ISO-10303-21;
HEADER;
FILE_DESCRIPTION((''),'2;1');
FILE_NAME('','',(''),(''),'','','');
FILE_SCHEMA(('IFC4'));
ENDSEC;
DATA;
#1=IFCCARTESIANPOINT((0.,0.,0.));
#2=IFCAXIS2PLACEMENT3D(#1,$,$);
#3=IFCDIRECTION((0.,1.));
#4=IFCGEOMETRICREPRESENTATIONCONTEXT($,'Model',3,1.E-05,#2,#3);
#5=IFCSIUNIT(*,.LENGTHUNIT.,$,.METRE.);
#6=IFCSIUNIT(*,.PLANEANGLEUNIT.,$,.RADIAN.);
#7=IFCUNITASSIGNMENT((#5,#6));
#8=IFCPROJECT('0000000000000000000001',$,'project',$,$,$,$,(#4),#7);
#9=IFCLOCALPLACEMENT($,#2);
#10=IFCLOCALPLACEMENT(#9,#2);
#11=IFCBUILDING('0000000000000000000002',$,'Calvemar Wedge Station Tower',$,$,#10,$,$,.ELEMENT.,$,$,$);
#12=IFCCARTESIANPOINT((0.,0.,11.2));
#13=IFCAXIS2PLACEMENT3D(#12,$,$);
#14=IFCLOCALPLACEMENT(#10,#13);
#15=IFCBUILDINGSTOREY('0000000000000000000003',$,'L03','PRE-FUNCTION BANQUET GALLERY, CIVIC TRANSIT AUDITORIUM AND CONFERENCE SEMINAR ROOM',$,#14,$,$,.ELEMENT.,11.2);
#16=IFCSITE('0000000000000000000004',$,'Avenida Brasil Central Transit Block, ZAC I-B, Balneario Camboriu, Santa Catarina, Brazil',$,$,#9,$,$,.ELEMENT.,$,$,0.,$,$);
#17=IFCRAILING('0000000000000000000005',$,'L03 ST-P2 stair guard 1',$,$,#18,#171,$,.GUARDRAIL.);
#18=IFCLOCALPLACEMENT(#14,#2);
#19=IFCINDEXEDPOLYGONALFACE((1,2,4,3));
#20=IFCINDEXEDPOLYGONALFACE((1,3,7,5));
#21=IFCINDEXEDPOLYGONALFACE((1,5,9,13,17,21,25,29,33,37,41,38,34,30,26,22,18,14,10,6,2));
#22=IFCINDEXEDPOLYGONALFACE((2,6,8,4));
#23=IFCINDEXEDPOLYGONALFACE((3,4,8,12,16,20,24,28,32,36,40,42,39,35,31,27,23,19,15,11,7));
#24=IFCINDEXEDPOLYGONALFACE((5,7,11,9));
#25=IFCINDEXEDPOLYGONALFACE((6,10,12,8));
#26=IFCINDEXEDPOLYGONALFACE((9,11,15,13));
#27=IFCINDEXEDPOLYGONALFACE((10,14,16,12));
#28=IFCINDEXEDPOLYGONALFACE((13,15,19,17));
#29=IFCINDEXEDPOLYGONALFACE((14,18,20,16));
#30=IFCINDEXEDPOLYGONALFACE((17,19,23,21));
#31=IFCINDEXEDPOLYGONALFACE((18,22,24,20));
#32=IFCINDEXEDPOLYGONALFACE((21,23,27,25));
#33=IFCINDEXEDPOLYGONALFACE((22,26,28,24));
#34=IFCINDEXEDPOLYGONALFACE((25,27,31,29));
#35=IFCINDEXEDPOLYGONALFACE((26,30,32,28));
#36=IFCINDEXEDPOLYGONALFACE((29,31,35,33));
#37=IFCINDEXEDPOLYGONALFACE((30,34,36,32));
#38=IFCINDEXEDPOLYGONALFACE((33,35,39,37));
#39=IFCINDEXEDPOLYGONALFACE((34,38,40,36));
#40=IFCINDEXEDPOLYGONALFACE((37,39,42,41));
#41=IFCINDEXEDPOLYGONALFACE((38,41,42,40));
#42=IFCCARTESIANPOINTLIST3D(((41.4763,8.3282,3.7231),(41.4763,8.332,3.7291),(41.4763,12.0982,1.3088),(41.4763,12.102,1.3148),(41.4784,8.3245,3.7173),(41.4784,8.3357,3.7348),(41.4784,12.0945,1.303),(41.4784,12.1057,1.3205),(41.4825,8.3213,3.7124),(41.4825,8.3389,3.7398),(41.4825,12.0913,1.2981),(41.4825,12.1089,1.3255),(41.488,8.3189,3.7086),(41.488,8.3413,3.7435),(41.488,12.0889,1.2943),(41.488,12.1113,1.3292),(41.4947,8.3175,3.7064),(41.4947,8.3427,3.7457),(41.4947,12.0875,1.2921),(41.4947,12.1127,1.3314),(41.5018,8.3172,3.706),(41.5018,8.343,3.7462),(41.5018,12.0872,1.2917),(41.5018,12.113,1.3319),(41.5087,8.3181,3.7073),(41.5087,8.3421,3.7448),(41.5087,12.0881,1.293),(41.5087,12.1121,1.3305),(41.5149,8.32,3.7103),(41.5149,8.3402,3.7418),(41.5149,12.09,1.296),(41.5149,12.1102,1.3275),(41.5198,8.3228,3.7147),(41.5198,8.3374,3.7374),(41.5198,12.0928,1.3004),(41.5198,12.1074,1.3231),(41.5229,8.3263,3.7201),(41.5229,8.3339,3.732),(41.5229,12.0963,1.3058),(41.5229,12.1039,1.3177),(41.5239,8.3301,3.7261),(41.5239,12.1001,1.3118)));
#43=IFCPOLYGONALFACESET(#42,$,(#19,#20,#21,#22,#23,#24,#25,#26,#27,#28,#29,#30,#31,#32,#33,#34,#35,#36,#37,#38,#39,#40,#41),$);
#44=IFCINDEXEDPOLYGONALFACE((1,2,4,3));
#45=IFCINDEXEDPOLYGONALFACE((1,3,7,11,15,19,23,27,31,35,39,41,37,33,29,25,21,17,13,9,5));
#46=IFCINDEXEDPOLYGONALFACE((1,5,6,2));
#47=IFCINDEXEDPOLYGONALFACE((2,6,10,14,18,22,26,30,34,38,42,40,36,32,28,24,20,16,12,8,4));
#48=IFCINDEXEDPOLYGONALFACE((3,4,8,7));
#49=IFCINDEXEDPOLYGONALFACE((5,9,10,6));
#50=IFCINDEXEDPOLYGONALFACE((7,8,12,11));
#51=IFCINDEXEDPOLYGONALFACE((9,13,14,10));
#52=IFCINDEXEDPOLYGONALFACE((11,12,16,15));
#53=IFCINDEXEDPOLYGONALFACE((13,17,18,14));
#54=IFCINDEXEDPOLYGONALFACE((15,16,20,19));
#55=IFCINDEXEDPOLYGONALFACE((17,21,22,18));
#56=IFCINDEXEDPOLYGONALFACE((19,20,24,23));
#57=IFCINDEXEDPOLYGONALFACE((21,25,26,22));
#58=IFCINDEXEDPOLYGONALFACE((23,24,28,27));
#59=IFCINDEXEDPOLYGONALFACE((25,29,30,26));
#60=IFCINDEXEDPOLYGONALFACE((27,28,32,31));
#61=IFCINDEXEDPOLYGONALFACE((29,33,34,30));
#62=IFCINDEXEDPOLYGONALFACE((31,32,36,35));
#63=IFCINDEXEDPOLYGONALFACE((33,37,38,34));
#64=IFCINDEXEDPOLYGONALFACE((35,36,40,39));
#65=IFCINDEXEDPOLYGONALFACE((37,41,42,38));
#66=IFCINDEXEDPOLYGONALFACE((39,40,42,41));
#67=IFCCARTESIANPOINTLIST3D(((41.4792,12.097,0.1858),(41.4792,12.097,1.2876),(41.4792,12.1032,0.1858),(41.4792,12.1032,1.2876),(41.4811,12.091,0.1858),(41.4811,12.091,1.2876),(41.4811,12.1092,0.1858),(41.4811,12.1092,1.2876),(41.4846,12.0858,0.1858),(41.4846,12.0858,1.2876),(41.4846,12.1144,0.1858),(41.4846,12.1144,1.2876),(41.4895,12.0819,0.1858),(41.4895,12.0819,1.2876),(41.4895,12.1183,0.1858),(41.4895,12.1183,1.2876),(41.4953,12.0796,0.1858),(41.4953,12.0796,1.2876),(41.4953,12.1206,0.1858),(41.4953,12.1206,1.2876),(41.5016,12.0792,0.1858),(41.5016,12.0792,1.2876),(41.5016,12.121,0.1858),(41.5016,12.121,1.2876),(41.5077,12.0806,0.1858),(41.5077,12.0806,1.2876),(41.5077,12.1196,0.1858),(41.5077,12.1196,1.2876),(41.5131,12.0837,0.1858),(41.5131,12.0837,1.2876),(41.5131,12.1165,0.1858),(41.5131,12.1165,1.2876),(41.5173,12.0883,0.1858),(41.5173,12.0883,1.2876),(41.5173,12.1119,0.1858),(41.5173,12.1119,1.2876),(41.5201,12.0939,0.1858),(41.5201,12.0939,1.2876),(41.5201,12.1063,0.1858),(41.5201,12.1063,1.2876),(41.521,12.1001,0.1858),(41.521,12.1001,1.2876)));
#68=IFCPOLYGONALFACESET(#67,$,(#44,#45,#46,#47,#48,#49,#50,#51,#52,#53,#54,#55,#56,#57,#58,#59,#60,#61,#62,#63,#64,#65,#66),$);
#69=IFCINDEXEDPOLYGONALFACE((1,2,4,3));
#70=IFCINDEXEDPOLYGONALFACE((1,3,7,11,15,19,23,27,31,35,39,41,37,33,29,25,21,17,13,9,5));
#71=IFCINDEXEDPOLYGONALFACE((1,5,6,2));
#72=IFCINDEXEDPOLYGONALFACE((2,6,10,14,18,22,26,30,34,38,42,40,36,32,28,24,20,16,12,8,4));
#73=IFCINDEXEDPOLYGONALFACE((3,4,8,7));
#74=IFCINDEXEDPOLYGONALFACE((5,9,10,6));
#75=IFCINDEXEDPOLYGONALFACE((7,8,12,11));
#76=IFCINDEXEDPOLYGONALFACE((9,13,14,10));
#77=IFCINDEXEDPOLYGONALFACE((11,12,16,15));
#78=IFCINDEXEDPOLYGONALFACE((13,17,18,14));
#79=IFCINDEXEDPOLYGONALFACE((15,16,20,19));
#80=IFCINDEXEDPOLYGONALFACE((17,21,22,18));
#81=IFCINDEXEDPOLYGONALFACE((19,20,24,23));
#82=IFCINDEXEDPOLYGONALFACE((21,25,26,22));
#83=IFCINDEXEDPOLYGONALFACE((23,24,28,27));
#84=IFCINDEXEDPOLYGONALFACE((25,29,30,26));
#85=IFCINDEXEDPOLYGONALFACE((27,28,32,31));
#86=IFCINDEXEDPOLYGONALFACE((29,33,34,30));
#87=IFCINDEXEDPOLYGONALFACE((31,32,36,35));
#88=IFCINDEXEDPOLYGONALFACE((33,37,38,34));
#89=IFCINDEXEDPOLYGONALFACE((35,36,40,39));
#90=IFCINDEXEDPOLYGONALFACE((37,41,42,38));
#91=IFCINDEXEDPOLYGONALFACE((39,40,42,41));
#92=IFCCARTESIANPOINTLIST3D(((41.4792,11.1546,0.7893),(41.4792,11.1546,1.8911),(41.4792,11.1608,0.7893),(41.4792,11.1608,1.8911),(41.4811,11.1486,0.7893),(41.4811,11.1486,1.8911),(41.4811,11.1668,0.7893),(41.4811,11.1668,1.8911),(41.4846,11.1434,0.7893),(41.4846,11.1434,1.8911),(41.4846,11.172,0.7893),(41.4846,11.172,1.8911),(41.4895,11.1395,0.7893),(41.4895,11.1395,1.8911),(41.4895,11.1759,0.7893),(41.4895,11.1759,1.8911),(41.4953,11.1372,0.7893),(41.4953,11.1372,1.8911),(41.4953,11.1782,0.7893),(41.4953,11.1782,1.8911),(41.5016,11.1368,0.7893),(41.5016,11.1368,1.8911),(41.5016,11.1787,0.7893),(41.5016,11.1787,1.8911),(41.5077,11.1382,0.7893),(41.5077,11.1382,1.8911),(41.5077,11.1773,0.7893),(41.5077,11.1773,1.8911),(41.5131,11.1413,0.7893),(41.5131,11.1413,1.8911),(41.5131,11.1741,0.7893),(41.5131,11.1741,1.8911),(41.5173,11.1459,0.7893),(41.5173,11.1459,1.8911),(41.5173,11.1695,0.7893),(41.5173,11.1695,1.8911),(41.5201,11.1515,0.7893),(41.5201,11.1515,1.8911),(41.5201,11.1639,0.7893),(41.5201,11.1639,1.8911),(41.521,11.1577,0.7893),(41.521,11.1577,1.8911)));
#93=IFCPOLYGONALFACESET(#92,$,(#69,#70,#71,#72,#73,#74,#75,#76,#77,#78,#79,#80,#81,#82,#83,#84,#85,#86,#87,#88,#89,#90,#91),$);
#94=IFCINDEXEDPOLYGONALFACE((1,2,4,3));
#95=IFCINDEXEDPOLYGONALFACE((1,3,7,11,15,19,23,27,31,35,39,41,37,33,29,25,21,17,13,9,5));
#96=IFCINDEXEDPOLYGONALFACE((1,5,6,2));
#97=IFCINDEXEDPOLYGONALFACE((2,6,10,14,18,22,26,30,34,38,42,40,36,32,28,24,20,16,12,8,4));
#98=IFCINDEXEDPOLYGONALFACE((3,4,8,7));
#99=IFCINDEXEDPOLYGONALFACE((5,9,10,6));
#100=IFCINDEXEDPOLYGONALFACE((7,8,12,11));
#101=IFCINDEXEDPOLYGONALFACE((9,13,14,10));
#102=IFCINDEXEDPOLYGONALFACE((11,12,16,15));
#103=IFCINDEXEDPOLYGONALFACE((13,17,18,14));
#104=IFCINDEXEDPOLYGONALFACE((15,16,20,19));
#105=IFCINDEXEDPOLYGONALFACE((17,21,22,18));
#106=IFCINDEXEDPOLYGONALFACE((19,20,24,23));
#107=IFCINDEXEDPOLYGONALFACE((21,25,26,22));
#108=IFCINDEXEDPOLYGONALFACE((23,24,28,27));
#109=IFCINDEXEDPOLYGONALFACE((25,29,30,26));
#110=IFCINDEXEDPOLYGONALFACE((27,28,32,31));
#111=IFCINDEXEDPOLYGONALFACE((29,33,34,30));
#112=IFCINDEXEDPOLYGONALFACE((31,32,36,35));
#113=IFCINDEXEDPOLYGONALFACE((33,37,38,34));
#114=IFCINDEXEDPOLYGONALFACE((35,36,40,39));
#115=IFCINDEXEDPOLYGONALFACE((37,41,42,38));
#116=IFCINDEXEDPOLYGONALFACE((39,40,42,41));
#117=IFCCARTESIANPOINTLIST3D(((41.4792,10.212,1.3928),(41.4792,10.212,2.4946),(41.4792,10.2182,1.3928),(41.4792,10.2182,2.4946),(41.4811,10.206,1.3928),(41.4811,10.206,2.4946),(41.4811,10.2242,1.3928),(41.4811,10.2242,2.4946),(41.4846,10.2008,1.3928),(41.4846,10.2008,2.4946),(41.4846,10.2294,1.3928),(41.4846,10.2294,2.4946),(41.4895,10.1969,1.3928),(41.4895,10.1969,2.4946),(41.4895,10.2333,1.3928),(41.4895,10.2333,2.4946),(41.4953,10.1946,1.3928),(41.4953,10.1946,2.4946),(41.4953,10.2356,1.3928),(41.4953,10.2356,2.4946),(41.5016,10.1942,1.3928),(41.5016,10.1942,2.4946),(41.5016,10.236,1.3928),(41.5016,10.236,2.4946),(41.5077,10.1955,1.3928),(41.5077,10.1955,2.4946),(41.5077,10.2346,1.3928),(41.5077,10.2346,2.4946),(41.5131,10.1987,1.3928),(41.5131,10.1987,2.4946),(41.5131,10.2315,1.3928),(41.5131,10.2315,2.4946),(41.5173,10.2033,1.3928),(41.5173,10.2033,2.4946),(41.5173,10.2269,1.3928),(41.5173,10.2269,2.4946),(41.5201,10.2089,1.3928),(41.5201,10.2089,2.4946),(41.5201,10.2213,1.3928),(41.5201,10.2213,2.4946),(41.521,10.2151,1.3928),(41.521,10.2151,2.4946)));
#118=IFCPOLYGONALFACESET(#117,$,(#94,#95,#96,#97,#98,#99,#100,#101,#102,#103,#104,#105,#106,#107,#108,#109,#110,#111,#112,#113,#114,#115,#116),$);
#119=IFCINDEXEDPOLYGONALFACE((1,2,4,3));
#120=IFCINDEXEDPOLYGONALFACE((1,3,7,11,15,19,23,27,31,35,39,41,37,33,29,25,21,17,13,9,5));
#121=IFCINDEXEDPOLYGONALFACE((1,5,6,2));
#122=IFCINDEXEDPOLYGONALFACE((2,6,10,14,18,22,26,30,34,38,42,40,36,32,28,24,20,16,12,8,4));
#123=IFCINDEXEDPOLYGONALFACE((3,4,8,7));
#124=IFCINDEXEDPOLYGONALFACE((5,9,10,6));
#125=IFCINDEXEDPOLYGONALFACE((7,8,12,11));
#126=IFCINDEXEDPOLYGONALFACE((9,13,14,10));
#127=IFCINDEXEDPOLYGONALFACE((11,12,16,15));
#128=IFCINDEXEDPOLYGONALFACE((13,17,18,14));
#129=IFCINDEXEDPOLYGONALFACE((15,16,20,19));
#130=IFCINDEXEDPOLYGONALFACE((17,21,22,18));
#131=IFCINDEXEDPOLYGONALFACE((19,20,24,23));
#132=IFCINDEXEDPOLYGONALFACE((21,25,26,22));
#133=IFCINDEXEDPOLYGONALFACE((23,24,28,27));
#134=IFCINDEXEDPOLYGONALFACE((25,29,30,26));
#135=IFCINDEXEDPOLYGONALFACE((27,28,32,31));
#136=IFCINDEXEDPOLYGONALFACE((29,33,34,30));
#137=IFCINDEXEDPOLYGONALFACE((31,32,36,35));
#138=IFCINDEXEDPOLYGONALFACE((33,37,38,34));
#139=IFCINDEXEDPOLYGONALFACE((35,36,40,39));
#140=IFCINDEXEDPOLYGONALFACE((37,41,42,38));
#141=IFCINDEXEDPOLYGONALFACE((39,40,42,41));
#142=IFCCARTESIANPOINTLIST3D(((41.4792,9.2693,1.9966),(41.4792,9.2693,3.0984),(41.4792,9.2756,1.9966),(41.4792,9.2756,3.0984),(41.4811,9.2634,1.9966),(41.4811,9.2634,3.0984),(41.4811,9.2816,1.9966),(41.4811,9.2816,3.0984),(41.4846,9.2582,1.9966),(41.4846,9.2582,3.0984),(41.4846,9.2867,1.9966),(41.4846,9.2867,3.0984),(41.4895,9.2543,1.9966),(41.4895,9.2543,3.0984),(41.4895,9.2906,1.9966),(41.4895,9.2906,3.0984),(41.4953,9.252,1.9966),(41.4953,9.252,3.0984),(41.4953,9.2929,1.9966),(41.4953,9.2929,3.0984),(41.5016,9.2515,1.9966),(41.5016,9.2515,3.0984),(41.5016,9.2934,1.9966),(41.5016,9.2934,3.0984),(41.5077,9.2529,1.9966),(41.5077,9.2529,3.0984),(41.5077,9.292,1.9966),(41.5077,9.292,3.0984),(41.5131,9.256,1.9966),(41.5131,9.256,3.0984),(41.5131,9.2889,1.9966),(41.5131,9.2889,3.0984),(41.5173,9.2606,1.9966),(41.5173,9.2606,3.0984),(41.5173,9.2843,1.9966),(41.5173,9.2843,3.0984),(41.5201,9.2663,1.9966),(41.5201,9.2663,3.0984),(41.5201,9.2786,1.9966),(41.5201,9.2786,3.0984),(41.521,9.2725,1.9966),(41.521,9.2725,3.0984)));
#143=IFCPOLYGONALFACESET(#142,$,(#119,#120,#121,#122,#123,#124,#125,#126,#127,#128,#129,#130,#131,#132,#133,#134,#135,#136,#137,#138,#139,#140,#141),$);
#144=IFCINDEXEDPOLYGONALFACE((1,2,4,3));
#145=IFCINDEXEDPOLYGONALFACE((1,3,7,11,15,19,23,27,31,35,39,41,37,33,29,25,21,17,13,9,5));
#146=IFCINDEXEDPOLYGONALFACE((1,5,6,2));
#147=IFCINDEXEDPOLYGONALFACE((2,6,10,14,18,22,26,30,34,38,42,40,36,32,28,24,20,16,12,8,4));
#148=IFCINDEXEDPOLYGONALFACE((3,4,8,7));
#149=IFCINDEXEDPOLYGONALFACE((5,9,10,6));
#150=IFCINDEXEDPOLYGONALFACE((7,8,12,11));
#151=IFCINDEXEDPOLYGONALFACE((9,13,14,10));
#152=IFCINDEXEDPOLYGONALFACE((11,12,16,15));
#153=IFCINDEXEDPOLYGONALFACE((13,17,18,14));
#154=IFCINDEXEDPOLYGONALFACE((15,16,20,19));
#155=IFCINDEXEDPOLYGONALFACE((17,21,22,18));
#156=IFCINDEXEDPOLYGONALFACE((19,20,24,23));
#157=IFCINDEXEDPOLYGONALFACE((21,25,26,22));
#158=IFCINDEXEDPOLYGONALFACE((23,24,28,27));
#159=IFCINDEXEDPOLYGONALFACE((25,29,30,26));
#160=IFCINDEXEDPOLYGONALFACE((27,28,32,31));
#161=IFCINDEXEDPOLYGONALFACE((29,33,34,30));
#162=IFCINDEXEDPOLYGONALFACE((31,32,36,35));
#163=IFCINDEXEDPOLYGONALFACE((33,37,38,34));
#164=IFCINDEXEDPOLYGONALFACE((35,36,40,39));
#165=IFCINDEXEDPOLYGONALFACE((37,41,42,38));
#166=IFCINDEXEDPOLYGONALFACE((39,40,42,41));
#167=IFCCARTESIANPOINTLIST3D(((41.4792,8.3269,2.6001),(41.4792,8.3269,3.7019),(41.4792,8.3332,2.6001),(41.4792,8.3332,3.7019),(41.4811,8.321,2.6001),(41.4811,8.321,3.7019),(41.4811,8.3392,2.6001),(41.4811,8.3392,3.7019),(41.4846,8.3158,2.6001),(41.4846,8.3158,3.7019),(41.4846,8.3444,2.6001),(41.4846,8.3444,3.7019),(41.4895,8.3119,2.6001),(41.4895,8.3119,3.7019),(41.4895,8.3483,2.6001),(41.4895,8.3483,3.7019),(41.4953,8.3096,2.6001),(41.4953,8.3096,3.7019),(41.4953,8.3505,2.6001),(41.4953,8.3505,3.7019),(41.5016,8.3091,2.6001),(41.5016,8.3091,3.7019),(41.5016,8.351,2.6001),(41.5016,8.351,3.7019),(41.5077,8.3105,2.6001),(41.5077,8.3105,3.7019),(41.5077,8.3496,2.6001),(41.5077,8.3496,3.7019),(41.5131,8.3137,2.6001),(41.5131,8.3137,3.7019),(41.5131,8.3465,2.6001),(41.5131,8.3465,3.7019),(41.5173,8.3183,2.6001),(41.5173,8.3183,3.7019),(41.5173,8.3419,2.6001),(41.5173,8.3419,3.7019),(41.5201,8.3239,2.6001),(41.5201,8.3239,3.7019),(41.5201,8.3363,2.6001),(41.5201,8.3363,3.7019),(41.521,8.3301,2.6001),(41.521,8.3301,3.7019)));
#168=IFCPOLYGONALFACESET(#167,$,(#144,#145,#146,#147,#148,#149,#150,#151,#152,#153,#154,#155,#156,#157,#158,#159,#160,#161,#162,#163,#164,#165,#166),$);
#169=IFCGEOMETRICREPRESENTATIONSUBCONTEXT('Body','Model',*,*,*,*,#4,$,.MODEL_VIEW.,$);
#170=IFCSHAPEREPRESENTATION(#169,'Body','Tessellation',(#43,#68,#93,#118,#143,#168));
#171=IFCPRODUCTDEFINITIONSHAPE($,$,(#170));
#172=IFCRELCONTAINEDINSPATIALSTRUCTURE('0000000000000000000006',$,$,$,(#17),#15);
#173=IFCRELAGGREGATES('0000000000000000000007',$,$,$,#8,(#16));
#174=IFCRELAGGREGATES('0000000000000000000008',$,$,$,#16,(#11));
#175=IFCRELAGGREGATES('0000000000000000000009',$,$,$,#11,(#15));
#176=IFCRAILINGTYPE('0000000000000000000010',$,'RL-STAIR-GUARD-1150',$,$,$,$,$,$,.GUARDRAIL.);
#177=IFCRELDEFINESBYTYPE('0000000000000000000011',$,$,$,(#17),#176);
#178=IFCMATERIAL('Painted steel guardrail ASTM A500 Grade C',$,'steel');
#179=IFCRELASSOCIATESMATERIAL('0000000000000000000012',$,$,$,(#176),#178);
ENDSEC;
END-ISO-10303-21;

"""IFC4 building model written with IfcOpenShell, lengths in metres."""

from ifc_helpers import new_model, si_unit, direction, frame, origin, origin_2d, place, context, subcontext, project, spatial, circle, extrude, material, type_object, element, save


model = new_model("IFC4")

# Units and contexts
model_context = context("Model", 3, precision=1e-05, world=origin(), true_north=direction((0.0, 1.0)))
body_context = subcontext(model_context, "Body", "Model", "MODEL_VIEW")
ifc_project = project(units=[si_unit("LENGTHUNIT", "METRE"), si_unit("PLANEANGLEUNIT", "RADIAN")], contexts=[model_context])

# Site, building, storey
site_placement = place(None, origin())
site = spatial("IfcSite", under=ifc_project, at=site_placement, Name="Avenida Brasil Central Transit Block, ZAC I-B, Balneario Camboriu, Santa Catarina, Brazil", CompositionType="ELEMENT", RefElevation=0.0)
building_placement = place(site_placement, origin())
building = spatial("IfcBuilding", under=site, at=building_placement, Name="Calvemar Wedge Station Tower", CompositionType="ELEMENT")
storey_placement = place(building_placement, frame((0.0, 0.0, 11.2)))
storey = spatial("IfcBuildingStorey", under=building, at=storey_placement, Name="L03", Description="PRE-FUNCTION BANQUET GALLERY, CIVIC TRANSIT AUDITORIUM AND CONFERENCE SEMINAR ROOM", CompositionType="ELEMENT", Elevation=11.2)

# Railing
ifc_material_1 = material(Name="Painted steel guardrail ASTM A500 Grade C", Category="steel")
railing_type_1 = type_object("IfcRailingType", Name="RL-STAIR-GUARD-1150", PredefinedType="GUARDRAIL", material=ifc_material_1)
railing_1_placement = place(storey_placement, frame((41.5, 12.1001, 0.1858)))
element("IfcRailing", 1, at=railing_1_placement, inside=storey, type_object=railing_type_1, Name="L03 ST-P2 stair guard 1", PredefinedType="GUARDRAIL", context=body_context, shape_type="SweptSolid", body=[
    extrude(circle(Radius=0.0239, at=origin_2d()), frame((0.0, 0.0, 1.126), z_axis=(0.0, -0.84212, 0.53929), x_axis=(1.0, 0.0, 0.0)), (0.0, 0.0, 1.0), 4.4768),
    extrude(circle(Radius=0.021, at=origin_2d()), origin(), (0.0, 0.0, 1.0), 1.1018),
    extrude(circle(Radius=0.021, at=origin_2d()), frame((0.0, -0.9424, 0.6035)), (0.0, 0.0, 1.0), 1.1018),
    extrude(circle(Radius=0.021, at=origin_2d()), frame((0.0, -1.885, 1.207)), (0.0, 0.0, 1.0), 1.1018),
    extrude(circle(Radius=0.021, at=origin_2d()), frame((0.0, -2.8276, 1.8108)), (0.0, 0.0, 1.0), 1.1018),
    extrude(circle(Radius=0.021, at=origin_2d()), frame((0.0, -3.77, 2.4143)), (0.0, 0.0, 1.0), 1.1018),
])

save(model, "model.ifc")
